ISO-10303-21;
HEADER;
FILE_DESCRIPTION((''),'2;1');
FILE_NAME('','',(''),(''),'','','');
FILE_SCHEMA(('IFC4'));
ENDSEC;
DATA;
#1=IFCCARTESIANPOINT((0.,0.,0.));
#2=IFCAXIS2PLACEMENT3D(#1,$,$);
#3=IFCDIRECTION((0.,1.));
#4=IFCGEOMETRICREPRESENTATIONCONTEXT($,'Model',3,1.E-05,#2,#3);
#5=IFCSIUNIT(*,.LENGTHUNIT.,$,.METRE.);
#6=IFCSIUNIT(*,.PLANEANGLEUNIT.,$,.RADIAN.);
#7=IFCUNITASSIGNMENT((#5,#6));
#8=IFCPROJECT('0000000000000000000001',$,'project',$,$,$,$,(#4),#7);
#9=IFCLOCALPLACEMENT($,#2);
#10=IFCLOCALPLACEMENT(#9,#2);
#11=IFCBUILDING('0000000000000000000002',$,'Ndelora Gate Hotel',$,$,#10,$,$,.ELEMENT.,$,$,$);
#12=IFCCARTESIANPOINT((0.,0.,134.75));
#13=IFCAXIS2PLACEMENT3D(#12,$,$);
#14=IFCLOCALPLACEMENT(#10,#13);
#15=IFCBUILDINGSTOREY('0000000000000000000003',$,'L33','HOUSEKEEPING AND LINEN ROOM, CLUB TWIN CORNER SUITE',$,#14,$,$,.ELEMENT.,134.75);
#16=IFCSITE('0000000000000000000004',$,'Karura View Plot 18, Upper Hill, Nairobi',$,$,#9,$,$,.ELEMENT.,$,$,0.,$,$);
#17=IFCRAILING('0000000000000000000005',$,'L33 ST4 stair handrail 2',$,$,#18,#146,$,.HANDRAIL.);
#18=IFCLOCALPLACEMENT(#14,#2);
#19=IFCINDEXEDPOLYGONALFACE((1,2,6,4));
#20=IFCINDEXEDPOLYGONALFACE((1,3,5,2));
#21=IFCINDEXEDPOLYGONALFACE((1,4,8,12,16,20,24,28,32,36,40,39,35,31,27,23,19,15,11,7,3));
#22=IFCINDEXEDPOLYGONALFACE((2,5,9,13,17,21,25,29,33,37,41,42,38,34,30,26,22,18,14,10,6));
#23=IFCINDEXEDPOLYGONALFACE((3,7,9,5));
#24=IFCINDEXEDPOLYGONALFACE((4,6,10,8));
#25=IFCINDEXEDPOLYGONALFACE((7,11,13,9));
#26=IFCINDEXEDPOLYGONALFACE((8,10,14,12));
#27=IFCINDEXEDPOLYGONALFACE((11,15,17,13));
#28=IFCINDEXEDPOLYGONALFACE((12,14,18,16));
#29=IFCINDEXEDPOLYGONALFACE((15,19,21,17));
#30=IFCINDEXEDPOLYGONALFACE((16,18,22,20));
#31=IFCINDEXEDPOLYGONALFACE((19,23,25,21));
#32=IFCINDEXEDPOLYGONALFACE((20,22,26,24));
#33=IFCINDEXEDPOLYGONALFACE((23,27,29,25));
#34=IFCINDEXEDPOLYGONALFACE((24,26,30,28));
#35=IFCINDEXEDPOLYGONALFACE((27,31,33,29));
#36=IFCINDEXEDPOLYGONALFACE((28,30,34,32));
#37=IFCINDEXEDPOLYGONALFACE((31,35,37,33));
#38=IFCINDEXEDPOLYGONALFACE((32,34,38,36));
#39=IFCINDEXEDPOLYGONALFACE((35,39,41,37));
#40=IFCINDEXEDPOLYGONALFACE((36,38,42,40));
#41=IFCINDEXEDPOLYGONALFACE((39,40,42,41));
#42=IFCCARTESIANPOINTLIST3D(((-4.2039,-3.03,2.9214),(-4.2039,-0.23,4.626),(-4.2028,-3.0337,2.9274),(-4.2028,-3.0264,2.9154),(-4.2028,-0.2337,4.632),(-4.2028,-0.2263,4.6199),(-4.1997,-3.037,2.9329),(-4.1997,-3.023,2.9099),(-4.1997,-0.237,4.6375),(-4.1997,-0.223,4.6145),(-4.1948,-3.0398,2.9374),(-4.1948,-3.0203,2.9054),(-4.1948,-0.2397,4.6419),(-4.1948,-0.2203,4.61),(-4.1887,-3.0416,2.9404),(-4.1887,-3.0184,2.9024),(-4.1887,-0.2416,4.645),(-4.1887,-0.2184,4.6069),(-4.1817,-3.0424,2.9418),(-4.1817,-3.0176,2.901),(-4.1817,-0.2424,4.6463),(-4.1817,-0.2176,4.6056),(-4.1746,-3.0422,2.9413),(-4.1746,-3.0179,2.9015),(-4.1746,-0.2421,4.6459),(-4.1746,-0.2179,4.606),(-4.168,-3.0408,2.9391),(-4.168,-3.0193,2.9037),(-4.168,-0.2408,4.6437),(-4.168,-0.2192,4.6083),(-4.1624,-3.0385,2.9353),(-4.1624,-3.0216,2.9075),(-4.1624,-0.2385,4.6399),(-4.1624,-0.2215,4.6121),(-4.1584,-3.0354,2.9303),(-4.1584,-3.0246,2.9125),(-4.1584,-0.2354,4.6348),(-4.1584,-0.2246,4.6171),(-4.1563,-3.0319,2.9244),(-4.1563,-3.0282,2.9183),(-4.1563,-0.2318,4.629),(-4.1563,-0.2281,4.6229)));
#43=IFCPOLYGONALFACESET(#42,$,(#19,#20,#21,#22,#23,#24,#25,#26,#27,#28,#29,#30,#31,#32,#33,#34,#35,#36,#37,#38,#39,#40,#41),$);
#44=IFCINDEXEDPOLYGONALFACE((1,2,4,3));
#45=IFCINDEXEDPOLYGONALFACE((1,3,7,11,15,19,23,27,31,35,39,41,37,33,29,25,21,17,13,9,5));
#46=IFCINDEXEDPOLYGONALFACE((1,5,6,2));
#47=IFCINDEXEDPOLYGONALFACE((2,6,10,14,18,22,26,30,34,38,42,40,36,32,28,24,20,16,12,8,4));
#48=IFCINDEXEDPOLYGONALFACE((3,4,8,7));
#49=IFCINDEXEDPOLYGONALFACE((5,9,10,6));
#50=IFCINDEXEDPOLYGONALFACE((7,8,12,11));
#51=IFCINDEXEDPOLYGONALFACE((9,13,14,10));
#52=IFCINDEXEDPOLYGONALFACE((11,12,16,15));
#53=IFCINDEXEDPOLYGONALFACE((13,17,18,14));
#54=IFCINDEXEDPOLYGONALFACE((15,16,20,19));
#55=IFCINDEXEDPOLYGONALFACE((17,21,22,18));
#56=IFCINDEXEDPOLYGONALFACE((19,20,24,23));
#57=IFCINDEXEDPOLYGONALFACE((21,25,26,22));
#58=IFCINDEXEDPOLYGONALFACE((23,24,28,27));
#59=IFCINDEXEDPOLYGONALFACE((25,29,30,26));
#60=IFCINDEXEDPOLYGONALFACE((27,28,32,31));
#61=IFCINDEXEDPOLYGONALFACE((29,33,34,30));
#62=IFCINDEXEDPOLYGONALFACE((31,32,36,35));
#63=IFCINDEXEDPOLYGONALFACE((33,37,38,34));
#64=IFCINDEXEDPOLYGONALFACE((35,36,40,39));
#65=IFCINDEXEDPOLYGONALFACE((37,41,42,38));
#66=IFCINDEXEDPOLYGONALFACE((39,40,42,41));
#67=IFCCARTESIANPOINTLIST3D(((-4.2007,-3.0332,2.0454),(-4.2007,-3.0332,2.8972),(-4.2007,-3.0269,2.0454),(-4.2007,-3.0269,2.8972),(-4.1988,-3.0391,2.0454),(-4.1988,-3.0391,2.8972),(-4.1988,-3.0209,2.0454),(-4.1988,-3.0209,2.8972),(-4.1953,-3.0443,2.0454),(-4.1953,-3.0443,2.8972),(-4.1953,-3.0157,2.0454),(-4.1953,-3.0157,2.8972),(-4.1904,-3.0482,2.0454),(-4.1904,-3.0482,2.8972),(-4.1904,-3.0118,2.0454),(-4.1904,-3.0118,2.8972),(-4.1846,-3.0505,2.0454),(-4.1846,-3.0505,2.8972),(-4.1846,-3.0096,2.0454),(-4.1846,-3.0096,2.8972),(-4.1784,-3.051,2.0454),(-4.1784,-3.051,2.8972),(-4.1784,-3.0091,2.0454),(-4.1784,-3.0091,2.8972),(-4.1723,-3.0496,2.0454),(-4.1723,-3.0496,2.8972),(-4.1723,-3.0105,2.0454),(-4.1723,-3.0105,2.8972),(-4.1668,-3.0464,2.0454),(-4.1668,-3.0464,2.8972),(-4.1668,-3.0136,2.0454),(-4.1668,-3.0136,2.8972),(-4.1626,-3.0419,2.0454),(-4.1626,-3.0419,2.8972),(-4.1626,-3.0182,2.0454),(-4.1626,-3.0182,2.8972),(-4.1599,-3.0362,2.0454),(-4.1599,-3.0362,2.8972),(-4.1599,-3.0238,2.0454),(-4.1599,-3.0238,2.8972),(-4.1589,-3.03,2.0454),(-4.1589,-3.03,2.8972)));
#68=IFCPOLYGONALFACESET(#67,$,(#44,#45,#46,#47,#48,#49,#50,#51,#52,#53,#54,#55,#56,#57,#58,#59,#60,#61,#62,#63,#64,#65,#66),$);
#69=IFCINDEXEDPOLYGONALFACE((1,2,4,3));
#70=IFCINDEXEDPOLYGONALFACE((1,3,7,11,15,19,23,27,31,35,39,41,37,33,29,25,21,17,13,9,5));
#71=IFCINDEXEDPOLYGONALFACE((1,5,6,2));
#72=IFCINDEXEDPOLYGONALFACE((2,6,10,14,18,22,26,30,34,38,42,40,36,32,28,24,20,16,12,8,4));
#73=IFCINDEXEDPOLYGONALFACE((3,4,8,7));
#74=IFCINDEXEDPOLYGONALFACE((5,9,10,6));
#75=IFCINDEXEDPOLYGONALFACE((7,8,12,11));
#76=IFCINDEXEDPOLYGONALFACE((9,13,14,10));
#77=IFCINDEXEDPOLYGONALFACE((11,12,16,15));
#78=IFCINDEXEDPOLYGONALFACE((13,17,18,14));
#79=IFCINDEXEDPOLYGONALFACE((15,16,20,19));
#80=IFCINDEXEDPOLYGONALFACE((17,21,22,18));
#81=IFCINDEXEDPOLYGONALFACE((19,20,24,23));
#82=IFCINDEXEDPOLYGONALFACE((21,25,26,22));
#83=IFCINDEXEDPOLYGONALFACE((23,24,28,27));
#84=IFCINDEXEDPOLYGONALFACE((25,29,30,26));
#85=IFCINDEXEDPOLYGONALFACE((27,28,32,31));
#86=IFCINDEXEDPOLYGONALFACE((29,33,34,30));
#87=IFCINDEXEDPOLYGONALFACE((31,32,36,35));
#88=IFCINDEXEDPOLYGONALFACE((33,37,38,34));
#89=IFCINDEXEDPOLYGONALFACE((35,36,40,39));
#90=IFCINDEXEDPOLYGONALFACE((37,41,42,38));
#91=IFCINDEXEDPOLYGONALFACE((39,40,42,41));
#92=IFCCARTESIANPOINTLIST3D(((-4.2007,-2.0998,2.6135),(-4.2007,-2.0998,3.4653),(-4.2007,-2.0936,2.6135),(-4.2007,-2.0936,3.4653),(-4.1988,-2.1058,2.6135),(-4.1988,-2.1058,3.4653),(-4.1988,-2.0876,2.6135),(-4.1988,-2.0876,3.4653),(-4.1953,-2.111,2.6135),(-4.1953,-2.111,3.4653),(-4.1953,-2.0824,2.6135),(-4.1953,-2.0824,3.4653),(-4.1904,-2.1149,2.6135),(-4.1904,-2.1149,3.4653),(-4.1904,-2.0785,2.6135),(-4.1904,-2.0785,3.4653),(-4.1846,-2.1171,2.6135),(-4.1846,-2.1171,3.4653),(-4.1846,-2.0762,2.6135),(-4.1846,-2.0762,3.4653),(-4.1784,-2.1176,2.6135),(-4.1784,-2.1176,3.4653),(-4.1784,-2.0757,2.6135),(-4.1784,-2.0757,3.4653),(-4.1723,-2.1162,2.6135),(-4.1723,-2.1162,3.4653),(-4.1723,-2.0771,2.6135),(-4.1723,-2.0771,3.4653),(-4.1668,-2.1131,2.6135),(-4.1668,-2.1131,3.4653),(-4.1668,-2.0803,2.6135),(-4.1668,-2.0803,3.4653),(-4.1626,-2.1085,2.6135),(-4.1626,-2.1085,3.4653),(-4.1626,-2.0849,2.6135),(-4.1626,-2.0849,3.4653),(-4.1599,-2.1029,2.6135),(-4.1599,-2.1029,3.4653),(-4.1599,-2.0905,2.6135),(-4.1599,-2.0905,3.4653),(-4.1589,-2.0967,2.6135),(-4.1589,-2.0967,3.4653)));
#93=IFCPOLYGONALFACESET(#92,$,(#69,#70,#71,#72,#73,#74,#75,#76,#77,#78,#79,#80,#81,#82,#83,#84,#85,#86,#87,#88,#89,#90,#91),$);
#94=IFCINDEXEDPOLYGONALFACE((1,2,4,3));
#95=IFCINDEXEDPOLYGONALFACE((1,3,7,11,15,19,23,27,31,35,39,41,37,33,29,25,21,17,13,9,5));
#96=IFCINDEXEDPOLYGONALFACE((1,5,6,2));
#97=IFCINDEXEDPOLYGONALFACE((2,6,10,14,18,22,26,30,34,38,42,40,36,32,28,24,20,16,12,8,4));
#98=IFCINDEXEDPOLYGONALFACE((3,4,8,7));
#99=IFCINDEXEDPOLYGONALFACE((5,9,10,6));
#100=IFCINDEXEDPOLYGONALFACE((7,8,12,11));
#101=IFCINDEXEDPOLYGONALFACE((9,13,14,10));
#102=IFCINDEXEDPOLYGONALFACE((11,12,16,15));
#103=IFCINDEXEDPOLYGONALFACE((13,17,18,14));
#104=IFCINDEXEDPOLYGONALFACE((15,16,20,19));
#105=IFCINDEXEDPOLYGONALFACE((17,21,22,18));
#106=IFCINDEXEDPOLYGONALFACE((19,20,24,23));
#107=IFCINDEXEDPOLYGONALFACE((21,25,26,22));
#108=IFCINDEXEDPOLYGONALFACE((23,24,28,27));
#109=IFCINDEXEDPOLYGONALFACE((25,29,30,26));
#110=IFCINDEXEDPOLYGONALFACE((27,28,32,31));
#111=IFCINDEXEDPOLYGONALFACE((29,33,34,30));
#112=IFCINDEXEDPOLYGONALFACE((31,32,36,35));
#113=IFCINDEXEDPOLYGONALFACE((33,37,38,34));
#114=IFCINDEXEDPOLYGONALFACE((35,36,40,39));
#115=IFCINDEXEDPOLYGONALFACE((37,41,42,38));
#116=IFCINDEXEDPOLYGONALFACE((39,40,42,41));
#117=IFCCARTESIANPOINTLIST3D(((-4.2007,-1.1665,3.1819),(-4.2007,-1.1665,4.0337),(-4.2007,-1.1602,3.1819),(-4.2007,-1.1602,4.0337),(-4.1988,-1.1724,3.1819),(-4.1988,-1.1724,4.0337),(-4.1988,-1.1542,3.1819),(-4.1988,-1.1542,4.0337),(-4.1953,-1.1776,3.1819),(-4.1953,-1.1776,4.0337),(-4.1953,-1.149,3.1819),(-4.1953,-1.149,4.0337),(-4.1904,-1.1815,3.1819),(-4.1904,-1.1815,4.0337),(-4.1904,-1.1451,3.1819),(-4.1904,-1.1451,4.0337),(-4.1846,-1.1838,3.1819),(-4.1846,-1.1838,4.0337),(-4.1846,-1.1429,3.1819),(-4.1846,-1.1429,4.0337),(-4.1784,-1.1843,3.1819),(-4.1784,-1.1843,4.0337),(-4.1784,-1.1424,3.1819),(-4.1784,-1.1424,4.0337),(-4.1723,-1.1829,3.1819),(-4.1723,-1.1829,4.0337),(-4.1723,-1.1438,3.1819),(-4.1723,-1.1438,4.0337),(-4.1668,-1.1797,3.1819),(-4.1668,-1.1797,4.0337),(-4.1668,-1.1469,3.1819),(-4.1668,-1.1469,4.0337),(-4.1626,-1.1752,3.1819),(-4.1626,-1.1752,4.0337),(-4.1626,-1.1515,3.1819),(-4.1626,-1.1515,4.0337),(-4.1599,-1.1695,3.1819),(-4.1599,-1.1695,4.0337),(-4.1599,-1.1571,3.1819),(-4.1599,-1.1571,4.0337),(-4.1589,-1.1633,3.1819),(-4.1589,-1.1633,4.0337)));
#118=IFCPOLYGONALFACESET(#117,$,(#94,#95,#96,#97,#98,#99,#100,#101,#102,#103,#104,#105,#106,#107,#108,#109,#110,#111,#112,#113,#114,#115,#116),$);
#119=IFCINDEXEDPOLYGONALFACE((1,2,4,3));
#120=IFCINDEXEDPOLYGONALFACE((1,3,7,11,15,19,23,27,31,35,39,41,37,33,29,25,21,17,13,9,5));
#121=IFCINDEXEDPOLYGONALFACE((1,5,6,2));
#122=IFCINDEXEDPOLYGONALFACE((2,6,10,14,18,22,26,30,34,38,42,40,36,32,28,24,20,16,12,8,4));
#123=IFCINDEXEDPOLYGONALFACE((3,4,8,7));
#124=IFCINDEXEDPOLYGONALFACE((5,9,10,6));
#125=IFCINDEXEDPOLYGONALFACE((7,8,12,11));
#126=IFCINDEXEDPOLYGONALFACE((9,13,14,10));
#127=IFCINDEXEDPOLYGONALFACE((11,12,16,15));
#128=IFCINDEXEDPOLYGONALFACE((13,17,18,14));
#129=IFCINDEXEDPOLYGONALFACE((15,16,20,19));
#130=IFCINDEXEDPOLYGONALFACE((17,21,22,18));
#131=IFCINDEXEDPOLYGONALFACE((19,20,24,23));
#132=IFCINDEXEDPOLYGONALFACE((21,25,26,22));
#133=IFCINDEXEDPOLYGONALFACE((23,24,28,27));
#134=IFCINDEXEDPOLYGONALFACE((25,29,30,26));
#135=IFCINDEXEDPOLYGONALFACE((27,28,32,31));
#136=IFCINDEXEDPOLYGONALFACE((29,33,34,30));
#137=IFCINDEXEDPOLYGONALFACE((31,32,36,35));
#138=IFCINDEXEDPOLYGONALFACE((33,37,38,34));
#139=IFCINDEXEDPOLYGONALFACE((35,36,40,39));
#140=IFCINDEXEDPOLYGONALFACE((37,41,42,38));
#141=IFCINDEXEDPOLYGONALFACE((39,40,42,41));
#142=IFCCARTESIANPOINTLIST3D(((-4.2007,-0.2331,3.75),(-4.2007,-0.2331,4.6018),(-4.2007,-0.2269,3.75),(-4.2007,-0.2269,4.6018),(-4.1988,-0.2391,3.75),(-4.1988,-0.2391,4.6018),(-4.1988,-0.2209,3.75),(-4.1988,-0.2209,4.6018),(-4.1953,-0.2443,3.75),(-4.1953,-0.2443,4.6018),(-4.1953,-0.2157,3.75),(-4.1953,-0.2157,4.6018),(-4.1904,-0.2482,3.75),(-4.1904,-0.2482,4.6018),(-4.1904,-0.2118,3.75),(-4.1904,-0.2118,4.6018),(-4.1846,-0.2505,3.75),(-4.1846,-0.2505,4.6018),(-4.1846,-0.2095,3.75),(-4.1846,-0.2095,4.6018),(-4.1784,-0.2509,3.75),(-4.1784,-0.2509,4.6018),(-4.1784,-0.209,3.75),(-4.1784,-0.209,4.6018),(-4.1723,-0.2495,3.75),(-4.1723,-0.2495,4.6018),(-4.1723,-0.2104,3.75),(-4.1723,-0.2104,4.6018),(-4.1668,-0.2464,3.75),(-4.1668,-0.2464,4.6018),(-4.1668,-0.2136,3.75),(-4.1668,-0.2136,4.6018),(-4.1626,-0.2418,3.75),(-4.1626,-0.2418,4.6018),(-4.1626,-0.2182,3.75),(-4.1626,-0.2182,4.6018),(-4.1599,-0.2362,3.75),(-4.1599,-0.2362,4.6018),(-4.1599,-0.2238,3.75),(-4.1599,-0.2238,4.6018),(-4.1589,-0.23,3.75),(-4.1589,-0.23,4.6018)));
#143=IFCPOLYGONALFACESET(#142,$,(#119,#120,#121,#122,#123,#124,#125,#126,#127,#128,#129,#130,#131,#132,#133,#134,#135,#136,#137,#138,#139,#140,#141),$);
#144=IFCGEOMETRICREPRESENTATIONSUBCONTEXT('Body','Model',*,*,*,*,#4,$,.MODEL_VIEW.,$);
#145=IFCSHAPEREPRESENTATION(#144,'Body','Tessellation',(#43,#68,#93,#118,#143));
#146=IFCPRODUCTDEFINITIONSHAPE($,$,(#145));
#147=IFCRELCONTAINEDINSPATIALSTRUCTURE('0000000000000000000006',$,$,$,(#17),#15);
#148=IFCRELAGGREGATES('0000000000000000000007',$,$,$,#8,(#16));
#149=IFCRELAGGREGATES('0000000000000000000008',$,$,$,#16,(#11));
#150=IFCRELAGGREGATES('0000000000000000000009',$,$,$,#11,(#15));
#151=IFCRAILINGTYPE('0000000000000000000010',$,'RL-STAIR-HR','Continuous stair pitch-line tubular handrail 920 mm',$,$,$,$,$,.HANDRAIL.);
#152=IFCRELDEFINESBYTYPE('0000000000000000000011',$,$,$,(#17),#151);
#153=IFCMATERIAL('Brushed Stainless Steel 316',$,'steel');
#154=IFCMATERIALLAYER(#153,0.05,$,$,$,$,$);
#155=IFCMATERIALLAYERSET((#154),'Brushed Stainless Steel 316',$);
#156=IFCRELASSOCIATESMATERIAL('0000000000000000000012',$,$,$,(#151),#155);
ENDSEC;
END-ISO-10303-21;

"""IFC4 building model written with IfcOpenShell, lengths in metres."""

from ifc_helpers import new_model, si_unit, direction, frame, origin, origin_2d, place, context, subcontext, project, spatial, circle, extrude, material, layer, layer_set, type_object, element, save


model = new_model("IFC4")

# Units and contexts
model_context = context("Model", 3, precision=1e-05, world=origin(), true_north=direction((0.0, 1.0)))
body_context = subcontext(model_context, "Body", "Model", "MODEL_VIEW")
ifc_project = project(units=[si_unit("LENGTHUNIT", "METRE"), si_unit("PLANEANGLEUNIT", "RADIAN")], contexts=[model_context])

# Site, building, storey
site_placement = place(None, origin())
site = spatial("IfcSite", under=ifc_project, at=site_placement, Name="Karura View Plot 18, Upper Hill, Nairobi", CompositionType="ELEMENT", RefElevation=0.0)
building_placement = place(site_placement, origin())
building = spatial("IfcBuilding", under=site, at=building_placement, Name="Ndelora Gate Hotel", CompositionType="ELEMENT")
storey_placement = place(building_placement, frame((0.0, 0.0, 134.75)))
storey = spatial("IfcBuildingStorey", under=building, at=storey_placement, Name="L33", Description="HOUSEKEEPING AND LINEN ROOM, CLUB TWIN CORNER SUITE", CompositionType="ELEMENT", Elevation=134.75)

# Railing
ifc_material_1 = material(Name="Brushed Stainless Steel 316", Category="steel")
ifc_layer_1 = layer(ifc_material_1, 0.05)
ifc_layer_set_1 = layer_set([ifc_layer_1], Name="Brushed Stainless Steel 316")
railing_type_1 = type_object("IfcRailingType", Name="RL-STAIR-HR", Description="Continuous stair pitch-line tubular handrail 920 mm", PredefinedType="HANDRAIL", material=ifc_layer_set_1)
railing_1_placement = place(storey_placement, frame((-4.1799, -3.03, 2.0454)))
element("IfcRailing", 1, at=railing_1_placement, inside=storey, type_object=railing_type_1, Name="L33 ST4 stair handrail 2", PredefinedType="HANDRAIL", context=body_context, shape_type="SweptSolid", body=[
    extrude(circle(Radius=0.0239, at=origin_2d()), frame((0.0, 0.0, 0.876), z_axis=(0.0, 0.85417, 0.519994), x_axis=(-1.0, 0.0, 0.0)), (0.0, 0.0, 1.0), 3.2781),
    extrude(circle(Radius=0.021, at=origin_2d()), origin(), (0.0, 0.0, 1.0), 0.8518),
    extrude(circle(Radius=0.021, at=origin_2d()), frame((0.0, 0.9333, 0.5681)), (0.0, 0.0, 1.0), 0.8518),
    extrude(circle(Radius=0.021, at=origin_2d()), frame((0.0, 1.8667, 1.1365)), (0.0, 0.0, 1.0), 0.8518),
    extrude(circle(Radius=0.021, at=origin_2d()), frame((0.0, 2.8, 1.7046)), (0.0, 0.0, 1.0), 0.8518),
])

save(model, "model.ifc")
